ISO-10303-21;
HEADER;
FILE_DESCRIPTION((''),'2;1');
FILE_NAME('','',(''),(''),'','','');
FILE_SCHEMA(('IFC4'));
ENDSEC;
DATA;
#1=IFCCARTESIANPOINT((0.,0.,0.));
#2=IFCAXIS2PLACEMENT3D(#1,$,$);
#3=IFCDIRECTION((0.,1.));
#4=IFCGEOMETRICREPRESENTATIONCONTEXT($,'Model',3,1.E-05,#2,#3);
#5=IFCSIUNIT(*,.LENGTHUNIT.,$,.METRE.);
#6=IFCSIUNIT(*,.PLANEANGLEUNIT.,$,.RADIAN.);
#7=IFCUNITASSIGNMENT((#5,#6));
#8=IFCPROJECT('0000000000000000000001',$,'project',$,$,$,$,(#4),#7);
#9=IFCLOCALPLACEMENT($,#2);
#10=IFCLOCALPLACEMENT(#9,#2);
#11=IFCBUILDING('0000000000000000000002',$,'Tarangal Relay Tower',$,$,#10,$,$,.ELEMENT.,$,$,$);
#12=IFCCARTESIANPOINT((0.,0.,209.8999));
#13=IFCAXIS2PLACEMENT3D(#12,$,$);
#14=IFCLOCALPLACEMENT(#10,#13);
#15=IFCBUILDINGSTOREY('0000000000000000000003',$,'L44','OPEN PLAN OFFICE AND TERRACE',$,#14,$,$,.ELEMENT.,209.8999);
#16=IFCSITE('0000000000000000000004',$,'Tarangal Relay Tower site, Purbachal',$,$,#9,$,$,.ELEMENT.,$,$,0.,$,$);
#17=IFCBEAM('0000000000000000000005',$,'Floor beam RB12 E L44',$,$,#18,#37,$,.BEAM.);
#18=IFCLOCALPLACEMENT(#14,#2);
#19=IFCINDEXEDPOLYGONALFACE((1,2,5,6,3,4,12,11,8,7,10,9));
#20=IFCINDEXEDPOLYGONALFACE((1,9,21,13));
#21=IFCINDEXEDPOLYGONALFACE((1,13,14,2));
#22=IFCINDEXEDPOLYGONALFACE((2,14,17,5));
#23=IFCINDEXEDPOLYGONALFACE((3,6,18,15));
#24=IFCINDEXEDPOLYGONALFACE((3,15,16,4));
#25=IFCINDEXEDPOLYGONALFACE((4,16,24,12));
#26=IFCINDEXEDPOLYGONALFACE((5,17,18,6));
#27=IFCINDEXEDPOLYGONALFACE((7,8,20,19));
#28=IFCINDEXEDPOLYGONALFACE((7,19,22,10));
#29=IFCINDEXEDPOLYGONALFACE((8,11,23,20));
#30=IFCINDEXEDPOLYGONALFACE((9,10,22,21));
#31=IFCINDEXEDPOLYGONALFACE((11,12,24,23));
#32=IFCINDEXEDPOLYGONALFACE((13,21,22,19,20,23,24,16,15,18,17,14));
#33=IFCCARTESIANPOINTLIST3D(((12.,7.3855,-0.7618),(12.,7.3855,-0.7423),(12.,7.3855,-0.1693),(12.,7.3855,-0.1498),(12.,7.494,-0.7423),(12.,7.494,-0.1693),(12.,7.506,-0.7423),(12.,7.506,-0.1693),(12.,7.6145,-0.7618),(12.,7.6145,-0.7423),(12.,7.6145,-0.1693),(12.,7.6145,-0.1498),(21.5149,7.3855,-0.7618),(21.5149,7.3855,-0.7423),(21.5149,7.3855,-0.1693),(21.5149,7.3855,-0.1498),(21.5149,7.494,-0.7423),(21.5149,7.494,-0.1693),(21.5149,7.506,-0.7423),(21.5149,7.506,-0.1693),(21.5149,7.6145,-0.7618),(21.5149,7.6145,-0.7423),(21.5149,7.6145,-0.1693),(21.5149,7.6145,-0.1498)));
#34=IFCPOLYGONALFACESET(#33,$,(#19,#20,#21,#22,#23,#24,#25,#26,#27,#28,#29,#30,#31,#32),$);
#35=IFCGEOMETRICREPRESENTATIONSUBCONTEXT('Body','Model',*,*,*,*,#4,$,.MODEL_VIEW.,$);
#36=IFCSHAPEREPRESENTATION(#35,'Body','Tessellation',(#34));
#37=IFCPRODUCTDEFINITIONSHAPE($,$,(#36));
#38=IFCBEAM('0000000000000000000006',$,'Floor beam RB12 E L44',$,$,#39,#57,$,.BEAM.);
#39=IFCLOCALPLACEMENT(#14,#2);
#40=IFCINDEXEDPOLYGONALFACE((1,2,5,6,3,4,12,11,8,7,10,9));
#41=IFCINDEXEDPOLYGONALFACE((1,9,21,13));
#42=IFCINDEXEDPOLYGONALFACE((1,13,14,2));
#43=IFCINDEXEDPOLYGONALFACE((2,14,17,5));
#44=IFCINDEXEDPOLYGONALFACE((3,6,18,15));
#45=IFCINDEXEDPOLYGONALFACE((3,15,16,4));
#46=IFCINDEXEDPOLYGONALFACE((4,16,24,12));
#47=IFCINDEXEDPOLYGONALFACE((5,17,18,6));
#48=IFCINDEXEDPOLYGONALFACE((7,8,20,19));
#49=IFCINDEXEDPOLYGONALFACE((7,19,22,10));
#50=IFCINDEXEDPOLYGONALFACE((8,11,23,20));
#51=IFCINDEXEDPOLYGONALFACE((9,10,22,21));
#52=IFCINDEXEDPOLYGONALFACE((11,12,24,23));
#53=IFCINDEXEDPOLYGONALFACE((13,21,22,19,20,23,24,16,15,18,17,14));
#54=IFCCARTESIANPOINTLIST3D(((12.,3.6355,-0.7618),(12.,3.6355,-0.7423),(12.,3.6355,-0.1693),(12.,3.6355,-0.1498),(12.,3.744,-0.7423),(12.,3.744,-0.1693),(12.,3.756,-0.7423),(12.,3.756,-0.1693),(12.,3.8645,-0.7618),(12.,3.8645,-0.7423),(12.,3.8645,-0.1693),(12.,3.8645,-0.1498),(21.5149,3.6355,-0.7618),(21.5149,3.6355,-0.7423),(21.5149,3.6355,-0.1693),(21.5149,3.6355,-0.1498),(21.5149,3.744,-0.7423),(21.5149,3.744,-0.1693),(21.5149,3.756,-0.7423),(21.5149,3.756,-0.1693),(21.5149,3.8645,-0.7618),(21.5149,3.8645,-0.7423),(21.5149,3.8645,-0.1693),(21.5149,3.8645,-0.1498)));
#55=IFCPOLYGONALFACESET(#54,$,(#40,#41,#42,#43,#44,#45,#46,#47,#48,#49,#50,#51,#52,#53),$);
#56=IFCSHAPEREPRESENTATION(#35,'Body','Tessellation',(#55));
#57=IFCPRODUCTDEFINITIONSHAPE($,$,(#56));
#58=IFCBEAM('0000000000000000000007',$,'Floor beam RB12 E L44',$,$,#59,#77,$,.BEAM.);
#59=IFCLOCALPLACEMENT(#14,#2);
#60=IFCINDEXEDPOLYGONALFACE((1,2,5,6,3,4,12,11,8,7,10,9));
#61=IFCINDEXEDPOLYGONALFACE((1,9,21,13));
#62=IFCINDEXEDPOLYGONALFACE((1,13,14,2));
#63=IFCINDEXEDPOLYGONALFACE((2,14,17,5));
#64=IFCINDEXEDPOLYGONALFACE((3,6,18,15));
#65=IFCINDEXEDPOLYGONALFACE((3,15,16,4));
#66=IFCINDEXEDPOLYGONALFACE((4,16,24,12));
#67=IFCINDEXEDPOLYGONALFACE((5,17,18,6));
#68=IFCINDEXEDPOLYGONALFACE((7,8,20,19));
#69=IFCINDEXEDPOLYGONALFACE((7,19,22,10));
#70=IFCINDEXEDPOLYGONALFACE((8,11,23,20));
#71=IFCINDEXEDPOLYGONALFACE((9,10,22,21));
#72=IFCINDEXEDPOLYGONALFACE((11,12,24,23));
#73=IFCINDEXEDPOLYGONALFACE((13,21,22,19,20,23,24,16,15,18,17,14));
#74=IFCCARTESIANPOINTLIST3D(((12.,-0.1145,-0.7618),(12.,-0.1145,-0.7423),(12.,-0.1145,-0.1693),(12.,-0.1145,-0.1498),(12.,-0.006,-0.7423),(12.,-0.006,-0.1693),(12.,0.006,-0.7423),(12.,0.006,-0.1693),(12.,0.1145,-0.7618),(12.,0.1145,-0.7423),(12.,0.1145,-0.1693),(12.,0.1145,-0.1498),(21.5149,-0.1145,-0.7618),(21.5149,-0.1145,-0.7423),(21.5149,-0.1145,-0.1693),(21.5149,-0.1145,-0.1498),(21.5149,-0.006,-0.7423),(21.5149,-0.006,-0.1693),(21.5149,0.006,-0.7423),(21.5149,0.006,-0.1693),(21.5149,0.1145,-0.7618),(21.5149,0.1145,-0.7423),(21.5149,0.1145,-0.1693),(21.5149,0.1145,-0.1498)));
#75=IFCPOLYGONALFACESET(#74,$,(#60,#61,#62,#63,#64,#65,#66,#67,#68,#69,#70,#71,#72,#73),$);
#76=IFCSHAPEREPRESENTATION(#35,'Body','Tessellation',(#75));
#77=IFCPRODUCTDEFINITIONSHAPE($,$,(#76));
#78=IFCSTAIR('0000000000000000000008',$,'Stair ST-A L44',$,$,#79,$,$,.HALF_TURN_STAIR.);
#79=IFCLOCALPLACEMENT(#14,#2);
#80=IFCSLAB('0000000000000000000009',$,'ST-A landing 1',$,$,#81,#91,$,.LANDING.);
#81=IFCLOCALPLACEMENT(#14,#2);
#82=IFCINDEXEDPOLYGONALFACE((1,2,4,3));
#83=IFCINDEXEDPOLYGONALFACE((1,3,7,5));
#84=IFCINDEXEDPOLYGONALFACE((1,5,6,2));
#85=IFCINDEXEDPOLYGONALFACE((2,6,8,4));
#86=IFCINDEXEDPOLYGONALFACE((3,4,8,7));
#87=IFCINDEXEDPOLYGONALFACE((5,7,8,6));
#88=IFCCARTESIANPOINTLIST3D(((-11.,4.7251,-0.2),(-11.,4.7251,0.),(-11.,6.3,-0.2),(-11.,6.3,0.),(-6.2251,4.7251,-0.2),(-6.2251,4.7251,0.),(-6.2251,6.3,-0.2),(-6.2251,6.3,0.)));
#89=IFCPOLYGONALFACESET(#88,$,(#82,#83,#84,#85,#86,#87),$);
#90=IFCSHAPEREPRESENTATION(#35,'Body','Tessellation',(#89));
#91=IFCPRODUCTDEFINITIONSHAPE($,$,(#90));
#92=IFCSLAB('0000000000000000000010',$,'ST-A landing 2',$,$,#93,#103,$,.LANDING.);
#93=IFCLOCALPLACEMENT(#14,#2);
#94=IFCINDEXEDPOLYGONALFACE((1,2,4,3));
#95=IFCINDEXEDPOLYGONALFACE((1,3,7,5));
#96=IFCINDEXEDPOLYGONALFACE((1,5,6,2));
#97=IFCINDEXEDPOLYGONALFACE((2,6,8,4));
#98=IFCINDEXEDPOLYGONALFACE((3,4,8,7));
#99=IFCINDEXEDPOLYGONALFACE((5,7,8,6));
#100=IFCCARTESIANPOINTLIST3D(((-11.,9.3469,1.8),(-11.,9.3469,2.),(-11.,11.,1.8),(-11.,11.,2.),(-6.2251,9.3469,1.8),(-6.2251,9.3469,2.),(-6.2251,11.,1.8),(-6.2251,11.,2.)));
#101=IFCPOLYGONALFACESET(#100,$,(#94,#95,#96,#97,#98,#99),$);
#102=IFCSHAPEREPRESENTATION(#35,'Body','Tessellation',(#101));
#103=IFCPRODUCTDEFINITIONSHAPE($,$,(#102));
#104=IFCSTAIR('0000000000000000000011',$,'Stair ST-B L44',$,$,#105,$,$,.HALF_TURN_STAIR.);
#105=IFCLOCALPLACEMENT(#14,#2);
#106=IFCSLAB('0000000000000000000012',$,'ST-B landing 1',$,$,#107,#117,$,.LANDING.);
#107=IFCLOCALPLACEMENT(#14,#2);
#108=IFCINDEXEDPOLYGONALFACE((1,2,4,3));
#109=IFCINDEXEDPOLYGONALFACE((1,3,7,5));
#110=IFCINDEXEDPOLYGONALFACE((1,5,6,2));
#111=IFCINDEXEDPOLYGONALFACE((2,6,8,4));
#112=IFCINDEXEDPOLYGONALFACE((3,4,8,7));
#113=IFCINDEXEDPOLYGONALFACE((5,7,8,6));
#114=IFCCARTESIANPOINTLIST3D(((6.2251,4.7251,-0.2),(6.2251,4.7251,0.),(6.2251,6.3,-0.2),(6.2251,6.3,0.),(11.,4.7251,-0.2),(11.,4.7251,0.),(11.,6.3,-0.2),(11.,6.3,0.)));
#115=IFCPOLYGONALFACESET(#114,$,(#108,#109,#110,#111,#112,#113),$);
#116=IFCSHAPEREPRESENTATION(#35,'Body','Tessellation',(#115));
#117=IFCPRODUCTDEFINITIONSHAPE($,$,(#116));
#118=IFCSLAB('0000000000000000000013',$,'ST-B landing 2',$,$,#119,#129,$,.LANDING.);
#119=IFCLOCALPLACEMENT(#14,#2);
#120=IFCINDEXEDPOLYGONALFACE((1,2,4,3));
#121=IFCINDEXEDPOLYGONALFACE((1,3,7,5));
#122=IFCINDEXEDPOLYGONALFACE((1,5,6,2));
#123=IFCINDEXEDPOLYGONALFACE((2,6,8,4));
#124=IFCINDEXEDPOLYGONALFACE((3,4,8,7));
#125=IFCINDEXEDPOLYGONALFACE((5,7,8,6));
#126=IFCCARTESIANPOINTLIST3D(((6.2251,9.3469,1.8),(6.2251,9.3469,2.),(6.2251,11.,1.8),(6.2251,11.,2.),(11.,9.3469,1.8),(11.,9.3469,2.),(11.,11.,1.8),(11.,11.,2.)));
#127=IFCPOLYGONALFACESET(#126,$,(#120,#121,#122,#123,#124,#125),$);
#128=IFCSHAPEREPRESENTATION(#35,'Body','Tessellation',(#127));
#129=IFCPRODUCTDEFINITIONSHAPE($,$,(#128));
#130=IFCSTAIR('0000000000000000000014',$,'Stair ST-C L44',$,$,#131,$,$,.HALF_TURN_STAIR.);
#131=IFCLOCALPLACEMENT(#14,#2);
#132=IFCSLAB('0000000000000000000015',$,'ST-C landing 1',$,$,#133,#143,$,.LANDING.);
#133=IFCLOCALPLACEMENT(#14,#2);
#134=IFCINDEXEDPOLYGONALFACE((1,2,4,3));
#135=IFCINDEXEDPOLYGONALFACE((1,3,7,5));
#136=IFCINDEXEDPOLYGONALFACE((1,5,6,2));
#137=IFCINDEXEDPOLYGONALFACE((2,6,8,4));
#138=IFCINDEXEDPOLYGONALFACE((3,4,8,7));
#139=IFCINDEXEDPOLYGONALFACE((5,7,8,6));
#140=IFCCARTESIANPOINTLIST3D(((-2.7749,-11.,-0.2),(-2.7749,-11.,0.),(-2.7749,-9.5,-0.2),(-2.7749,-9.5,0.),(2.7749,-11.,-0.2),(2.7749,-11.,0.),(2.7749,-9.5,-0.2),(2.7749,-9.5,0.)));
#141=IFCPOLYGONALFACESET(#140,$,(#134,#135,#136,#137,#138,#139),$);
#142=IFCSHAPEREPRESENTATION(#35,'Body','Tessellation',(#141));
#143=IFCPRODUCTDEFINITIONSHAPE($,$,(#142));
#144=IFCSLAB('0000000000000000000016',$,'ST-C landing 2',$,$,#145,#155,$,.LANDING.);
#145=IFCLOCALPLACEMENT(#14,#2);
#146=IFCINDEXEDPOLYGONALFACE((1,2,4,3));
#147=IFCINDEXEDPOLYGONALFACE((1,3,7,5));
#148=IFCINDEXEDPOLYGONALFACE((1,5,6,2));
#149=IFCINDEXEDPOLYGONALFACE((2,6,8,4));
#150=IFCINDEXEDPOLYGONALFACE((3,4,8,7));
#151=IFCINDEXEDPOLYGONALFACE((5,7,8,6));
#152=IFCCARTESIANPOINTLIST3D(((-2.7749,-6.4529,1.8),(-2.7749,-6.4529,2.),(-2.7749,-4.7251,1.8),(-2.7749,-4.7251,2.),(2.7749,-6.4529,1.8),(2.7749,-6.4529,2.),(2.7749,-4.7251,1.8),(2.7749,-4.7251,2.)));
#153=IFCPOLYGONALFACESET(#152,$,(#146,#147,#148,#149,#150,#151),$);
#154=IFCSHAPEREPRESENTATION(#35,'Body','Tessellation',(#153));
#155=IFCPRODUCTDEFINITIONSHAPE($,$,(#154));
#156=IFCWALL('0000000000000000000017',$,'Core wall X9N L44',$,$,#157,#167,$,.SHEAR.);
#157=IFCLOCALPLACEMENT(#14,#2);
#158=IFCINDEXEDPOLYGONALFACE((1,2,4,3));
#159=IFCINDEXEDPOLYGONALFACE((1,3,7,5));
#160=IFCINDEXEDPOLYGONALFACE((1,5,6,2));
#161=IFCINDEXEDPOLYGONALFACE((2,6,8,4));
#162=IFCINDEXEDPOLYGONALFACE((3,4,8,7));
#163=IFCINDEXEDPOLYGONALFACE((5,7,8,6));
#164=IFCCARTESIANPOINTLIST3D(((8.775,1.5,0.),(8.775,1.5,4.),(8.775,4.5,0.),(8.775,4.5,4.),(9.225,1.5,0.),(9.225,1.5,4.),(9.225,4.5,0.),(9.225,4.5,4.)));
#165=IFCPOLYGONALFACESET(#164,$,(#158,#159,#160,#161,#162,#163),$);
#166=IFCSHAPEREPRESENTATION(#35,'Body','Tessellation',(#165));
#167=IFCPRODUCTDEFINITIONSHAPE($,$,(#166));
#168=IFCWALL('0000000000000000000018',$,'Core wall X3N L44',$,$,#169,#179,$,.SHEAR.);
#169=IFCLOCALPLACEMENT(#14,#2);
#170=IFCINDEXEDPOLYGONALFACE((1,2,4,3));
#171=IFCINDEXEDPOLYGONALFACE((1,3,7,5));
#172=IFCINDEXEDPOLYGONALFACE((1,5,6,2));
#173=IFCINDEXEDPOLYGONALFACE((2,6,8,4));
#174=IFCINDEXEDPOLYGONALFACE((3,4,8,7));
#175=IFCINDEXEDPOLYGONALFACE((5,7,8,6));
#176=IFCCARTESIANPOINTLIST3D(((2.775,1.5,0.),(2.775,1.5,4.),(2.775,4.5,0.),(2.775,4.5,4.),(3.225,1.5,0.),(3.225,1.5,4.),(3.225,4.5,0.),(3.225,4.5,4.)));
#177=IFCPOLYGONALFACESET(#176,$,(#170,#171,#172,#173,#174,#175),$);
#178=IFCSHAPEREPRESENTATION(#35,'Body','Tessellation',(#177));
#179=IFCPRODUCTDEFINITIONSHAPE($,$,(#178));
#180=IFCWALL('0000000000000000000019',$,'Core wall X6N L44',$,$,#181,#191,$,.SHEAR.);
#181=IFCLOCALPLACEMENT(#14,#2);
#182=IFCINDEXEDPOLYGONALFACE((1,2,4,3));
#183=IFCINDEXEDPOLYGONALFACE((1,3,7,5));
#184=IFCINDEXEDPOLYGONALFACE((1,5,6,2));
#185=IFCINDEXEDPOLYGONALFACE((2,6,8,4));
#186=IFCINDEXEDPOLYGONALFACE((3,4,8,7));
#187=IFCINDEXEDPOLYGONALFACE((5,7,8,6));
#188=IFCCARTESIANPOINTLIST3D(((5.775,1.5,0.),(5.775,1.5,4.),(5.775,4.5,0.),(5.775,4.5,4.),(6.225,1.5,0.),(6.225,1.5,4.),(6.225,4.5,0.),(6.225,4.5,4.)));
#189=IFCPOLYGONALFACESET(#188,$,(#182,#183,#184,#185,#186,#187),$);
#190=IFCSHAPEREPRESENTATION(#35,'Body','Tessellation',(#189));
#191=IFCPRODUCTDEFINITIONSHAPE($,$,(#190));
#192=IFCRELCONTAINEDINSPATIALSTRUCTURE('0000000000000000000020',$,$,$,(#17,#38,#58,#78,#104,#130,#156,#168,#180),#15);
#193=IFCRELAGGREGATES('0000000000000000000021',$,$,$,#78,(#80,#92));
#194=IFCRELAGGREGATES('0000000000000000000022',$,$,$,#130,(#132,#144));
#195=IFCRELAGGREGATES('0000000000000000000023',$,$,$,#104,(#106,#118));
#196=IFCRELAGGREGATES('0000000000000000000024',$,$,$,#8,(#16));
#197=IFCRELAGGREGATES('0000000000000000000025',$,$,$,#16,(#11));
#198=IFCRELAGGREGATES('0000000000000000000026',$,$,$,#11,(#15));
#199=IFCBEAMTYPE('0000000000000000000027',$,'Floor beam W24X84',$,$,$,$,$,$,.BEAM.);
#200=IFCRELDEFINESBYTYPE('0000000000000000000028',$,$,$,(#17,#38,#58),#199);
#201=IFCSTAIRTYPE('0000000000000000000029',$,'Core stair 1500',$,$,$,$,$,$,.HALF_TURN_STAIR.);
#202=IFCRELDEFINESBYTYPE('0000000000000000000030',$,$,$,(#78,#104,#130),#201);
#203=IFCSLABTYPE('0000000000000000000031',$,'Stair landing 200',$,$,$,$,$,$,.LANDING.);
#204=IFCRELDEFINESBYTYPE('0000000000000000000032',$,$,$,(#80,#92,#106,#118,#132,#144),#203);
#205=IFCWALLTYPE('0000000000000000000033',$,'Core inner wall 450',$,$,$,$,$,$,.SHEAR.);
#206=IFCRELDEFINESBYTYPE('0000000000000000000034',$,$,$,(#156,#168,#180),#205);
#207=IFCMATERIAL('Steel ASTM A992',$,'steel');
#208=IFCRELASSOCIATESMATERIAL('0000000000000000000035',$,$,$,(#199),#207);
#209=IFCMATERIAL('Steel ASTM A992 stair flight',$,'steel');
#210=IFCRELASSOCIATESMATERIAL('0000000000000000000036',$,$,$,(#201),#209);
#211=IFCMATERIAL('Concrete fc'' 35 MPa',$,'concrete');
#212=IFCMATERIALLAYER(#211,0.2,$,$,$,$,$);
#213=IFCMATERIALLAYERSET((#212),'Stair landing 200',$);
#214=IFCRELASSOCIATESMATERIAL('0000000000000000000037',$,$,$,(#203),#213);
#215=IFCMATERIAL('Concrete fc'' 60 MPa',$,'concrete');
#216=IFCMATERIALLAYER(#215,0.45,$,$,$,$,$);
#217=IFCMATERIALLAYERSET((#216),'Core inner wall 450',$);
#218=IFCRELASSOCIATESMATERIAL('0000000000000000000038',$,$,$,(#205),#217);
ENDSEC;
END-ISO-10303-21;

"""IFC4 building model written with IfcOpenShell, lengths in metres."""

from ifc_helpers import new_model, si_unit, direction, frame, frame_2d, origin, origin_2d, place, context, subcontext, project, spatial, polyline, rectangle, i_section, outline, extrude, material, layer, layer_set, material_profile, profile_set, type_object, element, aggregate, save


model = new_model("IFC4")

# Units and contexts
model_context = context("Model", 3, precision=1e-05, world=origin(), true_north=direction((0.0, 1.0)))
body_context = subcontext(model_context, "Body", "Model", "MODEL_VIEW")
ifc_project = project(units=[si_unit("LENGTHUNIT", "METRE"), si_unit("PLANEANGLEUNIT", "RADIAN")], contexts=[model_context])

# Site, building, storey
site_placement = place(None, origin())
site = spatial("IfcSite", under=ifc_project, at=site_placement, Name="Tarangal Relay Tower site, Purbachal", CompositionType="ELEMENT", RefElevation=0.0)
building_placement = place(site_placement, origin())
building = spatial("IfcBuilding", under=site, at=building_placement, Name="Tarangal Relay Tower", CompositionType="ELEMENT")
storey_placement = place(building_placement, frame((0.0, 0.0, 209.8999)))
storey = spatial("IfcBuildingStorey", under=building, at=storey_placement, Name="L44", Description="OPEN PLAN OFFICE AND TERRACE", CompositionType="ELEMENT", Elevation=209.8999)

# Beams
ifc_material_1 = material(Name="Steel ASTM A992", Category="steel")
ifc_material_profile = material_profile(ifc_material_1, i_section(OverallWidth=0.229, OverallDepth=0.6121, WebThickness=0.012, FlangeThickness=0.0195, at=origin_2d()), Name="W24X84")
ifc_profile_set = profile_set([ifc_material_profile], Name="Steel ASTM A992")
beam_type = type_object("IfcBeamType", Name="Floor beam W24X84", PredefinedType="BEAM", material=ifc_profile_set)
for number, where, z_axis, x_axis, name in (
    (1, (12.0, 7.5, -0.4558), (1.0, 0.0, 0.0), (0.0, 1.0, 0.0), "Floor beam RB12 E L44"),
    (2, (12.0, 3.75, -0.4558), (1.0, 0.0, 0.0), (0.0, 1.0, 0.0), "Floor beam RB12 E L44"),
    (3, (12.0, 0.0, -0.4558), (1.0, 0.0, 0.0), (0.0, 1.0, 0.0), "Floor beam RB12 E L44"),
):
    element("IfcBeam", number, at=place(storey_placement, frame(where, z_axis=z_axis, x_axis=x_axis)), inside=storey, type_object=beam_type, Name=name, PredefinedType="BEAM", context=body_context, shape_type="SweptSolid", body=[
        extrude(i_section(OverallWidth=0.229, OverallDepth=0.6121, WebThickness=0.012, FlangeThickness=0.0195, at=origin_2d()), origin(), (0.0, 0.0, 1.0), 9.5149),
    ])

# Stairs, slabs
ifc_material_2 = material(Name="Steel ASTM A992 stair flight", Category="steel")
stair_type = type_object("IfcStairType", Name="Core stair 1500", PredefinedType="HALF_TURN_STAIR", material=ifc_material_2)
stair_1_placement = place(storey_placement, origin())
stair_1 = element("IfcStair", 4, at=stair_1_placement, inside=storey, type_object=stair_type, Name="Stair ST-A L44", PredefinedType="HALF_TURN_STAIR")
ifc_material_3 = material(Name="Concrete fc' 35 MPa", Category="concrete")
ifc_layer_1 = layer(ifc_material_3, 0.2)
ifc_layer_set_1 = layer_set([ifc_layer_1], Name="Stair landing 200")
slab_type = type_object("IfcSlabType", Name="Stair landing 200", PredefinedType="LANDING", material=ifc_layer_set_1)
slab_1_placement = place(storey_placement, frame((0.0, 0.0, -0.2)))
slab_1 = element("IfcSlab", 5, at=slab_1_placement, type_object=slab_type, Name="ST-A landing 1", PredefinedType="LANDING", context=body_context, shape_type="SweptSolid", body=[
    extrude(outline(polyline([(-11.0, 4.7251), (-6.2251, 4.7251), (-6.2251, 6.3), (-11.0, 6.3), (-11.0, 4.7251)])), origin(), (0.0, 0.0, 1.0), 0.2),
])
slab_2_placement = place(storey_placement, frame((0.0, 0.0, 1.8)))
slab_2 = element("IfcSlab", 6, at=slab_2_placement, type_object=slab_type, Name="ST-A landing 2", PredefinedType="LANDING", context=body_context, shape_type="SweptSolid", body=[
    extrude(outline(polyline([(-11.0, 9.3469), (-6.2251, 9.3469), (-6.2251, 11.0), (-11.0, 11.0), (-11.0, 9.3469)])), origin(), (0.0, 0.0, 1.0), 0.2),
])
aggregate(stair_1, [slab_1, slab_2])
stair_2_placement = place(storey_placement, origin())
stair_2 = element("IfcStair", 7, at=stair_2_placement, inside=storey, type_object=stair_type, Name="Stair ST-B L44", PredefinedType="HALF_TURN_STAIR")
slab_3_placement = place(storey_placement, frame((0.0, 0.0, -0.2)))
slab_3 = element("IfcSlab", 8, at=slab_3_placement, type_object=slab_type, Name="ST-B landing 1", PredefinedType="LANDING", context=body_context, shape_type="SweptSolid", body=[
    extrude(outline(polyline([(6.2251, 4.7251), (11.0, 4.7251), (11.0, 6.3), (6.2251, 6.3), (6.2251, 4.7251)])), origin(), (0.0, 0.0, 1.0), 0.2),
])
slab_4_placement = place(storey_placement, frame((0.0, 0.0, 1.8)))
slab_4 = element("IfcSlab", 9, at=slab_4_placement, type_object=slab_type, Name="ST-B landing 2", PredefinedType="LANDING", context=body_context, shape_type="SweptSolid", body=[
    extrude(outline(polyline([(6.2251, 9.3469), (11.0, 9.3469), (11.0, 11.0), (6.2251, 11.0), (6.2251, 9.3469)])), origin(), (0.0, 0.0, 1.0), 0.2),
])
stair_3_placement = place(storey_placement, origin())
stair_3 = element("IfcStair", 10, at=stair_3_placement, inside=storey, type_object=stair_type, Name="Stair ST-C L44", PredefinedType="HALF_TURN_STAIR")
slab_5_placement = place(storey_placement, frame((0.0, 0.0, -0.2)))
slab_5 = element("IfcSlab", 11, at=slab_5_placement, type_object=slab_type, Name="ST-C landing 1", PredefinedType="LANDING", context=body_context, shape_type="SweptSolid", body=[
    extrude(outline(polyline([(-2.7749, -11.0), (2.7749, -11.0), (2.7749, -9.5), (-2.7749, -9.5), (-2.7749, -11.0)])), origin(), (0.0, 0.0, 1.0), 0.2),
])
slab_6_placement = place(storey_placement, frame((0.0, 0.0, 1.8)))
slab_6 = element("IfcSlab", 12, at=slab_6_placement, type_object=slab_type, Name="ST-C landing 2", PredefinedType="LANDING", context=body_context, shape_type="SweptSolid", body=[
    extrude(outline(polyline([(-2.7749, -6.4529), (2.7749, -6.4529), (2.7749, -4.7251), (-2.7749, -4.7251), (-2.7749, -6.4529)])), origin(), (0.0, 0.0, 1.0), 0.2),
])
aggregate(stair_3, [slab_5, slab_6])

# Walls
ifc_material_4 = material(Name="Concrete fc' 60 MPa", Category="concrete")
ifc_layer_2 = layer(ifc_material_4, 0.45)
ifc_layer_set_2 = layer_set([ifc_layer_2], Name="Core inner wall 450")
wall_type = type_object("IfcWallType", Name="Core inner wall 450", PredefinedType="SHEAR", material=ifc_layer_set_2)
for number, where, z_axis, x_axis, name in (
    (13, (9.0, 1.5, 0.0), (0.0, 0.0, 1.0), (0.0, 1.0, 0.0), "Core wall X9N L44"),
    (14, (3.0, 1.5, 0.0), (0.0, 0.0, 1.0), (0.0, 1.0, 0.0), "Core wall X3N L44"),
    (15, (6.0, 1.5, 0.0), (0.0, 0.0, 1.0), (0.0, 1.0, 0.0), "Core wall X6N L44"),
):
    element("IfcWall", number, at=place(storey_placement, frame(where, z_axis=z_axis, x_axis=x_axis)), inside=storey, type_object=wall_type, Name=name, PredefinedType="SHEAR", context=body_context, shape_type="SweptSolid", body=[
        extrude(rectangle(XDim=3.0, YDim=0.45, at=frame_2d((1.5, 0.0))), origin(), (0.0, 0.0, 1.0), 4.0),
    ])

aggregate(stair_2, [slab_3, slab_4])

save(model, "model.ifc")
